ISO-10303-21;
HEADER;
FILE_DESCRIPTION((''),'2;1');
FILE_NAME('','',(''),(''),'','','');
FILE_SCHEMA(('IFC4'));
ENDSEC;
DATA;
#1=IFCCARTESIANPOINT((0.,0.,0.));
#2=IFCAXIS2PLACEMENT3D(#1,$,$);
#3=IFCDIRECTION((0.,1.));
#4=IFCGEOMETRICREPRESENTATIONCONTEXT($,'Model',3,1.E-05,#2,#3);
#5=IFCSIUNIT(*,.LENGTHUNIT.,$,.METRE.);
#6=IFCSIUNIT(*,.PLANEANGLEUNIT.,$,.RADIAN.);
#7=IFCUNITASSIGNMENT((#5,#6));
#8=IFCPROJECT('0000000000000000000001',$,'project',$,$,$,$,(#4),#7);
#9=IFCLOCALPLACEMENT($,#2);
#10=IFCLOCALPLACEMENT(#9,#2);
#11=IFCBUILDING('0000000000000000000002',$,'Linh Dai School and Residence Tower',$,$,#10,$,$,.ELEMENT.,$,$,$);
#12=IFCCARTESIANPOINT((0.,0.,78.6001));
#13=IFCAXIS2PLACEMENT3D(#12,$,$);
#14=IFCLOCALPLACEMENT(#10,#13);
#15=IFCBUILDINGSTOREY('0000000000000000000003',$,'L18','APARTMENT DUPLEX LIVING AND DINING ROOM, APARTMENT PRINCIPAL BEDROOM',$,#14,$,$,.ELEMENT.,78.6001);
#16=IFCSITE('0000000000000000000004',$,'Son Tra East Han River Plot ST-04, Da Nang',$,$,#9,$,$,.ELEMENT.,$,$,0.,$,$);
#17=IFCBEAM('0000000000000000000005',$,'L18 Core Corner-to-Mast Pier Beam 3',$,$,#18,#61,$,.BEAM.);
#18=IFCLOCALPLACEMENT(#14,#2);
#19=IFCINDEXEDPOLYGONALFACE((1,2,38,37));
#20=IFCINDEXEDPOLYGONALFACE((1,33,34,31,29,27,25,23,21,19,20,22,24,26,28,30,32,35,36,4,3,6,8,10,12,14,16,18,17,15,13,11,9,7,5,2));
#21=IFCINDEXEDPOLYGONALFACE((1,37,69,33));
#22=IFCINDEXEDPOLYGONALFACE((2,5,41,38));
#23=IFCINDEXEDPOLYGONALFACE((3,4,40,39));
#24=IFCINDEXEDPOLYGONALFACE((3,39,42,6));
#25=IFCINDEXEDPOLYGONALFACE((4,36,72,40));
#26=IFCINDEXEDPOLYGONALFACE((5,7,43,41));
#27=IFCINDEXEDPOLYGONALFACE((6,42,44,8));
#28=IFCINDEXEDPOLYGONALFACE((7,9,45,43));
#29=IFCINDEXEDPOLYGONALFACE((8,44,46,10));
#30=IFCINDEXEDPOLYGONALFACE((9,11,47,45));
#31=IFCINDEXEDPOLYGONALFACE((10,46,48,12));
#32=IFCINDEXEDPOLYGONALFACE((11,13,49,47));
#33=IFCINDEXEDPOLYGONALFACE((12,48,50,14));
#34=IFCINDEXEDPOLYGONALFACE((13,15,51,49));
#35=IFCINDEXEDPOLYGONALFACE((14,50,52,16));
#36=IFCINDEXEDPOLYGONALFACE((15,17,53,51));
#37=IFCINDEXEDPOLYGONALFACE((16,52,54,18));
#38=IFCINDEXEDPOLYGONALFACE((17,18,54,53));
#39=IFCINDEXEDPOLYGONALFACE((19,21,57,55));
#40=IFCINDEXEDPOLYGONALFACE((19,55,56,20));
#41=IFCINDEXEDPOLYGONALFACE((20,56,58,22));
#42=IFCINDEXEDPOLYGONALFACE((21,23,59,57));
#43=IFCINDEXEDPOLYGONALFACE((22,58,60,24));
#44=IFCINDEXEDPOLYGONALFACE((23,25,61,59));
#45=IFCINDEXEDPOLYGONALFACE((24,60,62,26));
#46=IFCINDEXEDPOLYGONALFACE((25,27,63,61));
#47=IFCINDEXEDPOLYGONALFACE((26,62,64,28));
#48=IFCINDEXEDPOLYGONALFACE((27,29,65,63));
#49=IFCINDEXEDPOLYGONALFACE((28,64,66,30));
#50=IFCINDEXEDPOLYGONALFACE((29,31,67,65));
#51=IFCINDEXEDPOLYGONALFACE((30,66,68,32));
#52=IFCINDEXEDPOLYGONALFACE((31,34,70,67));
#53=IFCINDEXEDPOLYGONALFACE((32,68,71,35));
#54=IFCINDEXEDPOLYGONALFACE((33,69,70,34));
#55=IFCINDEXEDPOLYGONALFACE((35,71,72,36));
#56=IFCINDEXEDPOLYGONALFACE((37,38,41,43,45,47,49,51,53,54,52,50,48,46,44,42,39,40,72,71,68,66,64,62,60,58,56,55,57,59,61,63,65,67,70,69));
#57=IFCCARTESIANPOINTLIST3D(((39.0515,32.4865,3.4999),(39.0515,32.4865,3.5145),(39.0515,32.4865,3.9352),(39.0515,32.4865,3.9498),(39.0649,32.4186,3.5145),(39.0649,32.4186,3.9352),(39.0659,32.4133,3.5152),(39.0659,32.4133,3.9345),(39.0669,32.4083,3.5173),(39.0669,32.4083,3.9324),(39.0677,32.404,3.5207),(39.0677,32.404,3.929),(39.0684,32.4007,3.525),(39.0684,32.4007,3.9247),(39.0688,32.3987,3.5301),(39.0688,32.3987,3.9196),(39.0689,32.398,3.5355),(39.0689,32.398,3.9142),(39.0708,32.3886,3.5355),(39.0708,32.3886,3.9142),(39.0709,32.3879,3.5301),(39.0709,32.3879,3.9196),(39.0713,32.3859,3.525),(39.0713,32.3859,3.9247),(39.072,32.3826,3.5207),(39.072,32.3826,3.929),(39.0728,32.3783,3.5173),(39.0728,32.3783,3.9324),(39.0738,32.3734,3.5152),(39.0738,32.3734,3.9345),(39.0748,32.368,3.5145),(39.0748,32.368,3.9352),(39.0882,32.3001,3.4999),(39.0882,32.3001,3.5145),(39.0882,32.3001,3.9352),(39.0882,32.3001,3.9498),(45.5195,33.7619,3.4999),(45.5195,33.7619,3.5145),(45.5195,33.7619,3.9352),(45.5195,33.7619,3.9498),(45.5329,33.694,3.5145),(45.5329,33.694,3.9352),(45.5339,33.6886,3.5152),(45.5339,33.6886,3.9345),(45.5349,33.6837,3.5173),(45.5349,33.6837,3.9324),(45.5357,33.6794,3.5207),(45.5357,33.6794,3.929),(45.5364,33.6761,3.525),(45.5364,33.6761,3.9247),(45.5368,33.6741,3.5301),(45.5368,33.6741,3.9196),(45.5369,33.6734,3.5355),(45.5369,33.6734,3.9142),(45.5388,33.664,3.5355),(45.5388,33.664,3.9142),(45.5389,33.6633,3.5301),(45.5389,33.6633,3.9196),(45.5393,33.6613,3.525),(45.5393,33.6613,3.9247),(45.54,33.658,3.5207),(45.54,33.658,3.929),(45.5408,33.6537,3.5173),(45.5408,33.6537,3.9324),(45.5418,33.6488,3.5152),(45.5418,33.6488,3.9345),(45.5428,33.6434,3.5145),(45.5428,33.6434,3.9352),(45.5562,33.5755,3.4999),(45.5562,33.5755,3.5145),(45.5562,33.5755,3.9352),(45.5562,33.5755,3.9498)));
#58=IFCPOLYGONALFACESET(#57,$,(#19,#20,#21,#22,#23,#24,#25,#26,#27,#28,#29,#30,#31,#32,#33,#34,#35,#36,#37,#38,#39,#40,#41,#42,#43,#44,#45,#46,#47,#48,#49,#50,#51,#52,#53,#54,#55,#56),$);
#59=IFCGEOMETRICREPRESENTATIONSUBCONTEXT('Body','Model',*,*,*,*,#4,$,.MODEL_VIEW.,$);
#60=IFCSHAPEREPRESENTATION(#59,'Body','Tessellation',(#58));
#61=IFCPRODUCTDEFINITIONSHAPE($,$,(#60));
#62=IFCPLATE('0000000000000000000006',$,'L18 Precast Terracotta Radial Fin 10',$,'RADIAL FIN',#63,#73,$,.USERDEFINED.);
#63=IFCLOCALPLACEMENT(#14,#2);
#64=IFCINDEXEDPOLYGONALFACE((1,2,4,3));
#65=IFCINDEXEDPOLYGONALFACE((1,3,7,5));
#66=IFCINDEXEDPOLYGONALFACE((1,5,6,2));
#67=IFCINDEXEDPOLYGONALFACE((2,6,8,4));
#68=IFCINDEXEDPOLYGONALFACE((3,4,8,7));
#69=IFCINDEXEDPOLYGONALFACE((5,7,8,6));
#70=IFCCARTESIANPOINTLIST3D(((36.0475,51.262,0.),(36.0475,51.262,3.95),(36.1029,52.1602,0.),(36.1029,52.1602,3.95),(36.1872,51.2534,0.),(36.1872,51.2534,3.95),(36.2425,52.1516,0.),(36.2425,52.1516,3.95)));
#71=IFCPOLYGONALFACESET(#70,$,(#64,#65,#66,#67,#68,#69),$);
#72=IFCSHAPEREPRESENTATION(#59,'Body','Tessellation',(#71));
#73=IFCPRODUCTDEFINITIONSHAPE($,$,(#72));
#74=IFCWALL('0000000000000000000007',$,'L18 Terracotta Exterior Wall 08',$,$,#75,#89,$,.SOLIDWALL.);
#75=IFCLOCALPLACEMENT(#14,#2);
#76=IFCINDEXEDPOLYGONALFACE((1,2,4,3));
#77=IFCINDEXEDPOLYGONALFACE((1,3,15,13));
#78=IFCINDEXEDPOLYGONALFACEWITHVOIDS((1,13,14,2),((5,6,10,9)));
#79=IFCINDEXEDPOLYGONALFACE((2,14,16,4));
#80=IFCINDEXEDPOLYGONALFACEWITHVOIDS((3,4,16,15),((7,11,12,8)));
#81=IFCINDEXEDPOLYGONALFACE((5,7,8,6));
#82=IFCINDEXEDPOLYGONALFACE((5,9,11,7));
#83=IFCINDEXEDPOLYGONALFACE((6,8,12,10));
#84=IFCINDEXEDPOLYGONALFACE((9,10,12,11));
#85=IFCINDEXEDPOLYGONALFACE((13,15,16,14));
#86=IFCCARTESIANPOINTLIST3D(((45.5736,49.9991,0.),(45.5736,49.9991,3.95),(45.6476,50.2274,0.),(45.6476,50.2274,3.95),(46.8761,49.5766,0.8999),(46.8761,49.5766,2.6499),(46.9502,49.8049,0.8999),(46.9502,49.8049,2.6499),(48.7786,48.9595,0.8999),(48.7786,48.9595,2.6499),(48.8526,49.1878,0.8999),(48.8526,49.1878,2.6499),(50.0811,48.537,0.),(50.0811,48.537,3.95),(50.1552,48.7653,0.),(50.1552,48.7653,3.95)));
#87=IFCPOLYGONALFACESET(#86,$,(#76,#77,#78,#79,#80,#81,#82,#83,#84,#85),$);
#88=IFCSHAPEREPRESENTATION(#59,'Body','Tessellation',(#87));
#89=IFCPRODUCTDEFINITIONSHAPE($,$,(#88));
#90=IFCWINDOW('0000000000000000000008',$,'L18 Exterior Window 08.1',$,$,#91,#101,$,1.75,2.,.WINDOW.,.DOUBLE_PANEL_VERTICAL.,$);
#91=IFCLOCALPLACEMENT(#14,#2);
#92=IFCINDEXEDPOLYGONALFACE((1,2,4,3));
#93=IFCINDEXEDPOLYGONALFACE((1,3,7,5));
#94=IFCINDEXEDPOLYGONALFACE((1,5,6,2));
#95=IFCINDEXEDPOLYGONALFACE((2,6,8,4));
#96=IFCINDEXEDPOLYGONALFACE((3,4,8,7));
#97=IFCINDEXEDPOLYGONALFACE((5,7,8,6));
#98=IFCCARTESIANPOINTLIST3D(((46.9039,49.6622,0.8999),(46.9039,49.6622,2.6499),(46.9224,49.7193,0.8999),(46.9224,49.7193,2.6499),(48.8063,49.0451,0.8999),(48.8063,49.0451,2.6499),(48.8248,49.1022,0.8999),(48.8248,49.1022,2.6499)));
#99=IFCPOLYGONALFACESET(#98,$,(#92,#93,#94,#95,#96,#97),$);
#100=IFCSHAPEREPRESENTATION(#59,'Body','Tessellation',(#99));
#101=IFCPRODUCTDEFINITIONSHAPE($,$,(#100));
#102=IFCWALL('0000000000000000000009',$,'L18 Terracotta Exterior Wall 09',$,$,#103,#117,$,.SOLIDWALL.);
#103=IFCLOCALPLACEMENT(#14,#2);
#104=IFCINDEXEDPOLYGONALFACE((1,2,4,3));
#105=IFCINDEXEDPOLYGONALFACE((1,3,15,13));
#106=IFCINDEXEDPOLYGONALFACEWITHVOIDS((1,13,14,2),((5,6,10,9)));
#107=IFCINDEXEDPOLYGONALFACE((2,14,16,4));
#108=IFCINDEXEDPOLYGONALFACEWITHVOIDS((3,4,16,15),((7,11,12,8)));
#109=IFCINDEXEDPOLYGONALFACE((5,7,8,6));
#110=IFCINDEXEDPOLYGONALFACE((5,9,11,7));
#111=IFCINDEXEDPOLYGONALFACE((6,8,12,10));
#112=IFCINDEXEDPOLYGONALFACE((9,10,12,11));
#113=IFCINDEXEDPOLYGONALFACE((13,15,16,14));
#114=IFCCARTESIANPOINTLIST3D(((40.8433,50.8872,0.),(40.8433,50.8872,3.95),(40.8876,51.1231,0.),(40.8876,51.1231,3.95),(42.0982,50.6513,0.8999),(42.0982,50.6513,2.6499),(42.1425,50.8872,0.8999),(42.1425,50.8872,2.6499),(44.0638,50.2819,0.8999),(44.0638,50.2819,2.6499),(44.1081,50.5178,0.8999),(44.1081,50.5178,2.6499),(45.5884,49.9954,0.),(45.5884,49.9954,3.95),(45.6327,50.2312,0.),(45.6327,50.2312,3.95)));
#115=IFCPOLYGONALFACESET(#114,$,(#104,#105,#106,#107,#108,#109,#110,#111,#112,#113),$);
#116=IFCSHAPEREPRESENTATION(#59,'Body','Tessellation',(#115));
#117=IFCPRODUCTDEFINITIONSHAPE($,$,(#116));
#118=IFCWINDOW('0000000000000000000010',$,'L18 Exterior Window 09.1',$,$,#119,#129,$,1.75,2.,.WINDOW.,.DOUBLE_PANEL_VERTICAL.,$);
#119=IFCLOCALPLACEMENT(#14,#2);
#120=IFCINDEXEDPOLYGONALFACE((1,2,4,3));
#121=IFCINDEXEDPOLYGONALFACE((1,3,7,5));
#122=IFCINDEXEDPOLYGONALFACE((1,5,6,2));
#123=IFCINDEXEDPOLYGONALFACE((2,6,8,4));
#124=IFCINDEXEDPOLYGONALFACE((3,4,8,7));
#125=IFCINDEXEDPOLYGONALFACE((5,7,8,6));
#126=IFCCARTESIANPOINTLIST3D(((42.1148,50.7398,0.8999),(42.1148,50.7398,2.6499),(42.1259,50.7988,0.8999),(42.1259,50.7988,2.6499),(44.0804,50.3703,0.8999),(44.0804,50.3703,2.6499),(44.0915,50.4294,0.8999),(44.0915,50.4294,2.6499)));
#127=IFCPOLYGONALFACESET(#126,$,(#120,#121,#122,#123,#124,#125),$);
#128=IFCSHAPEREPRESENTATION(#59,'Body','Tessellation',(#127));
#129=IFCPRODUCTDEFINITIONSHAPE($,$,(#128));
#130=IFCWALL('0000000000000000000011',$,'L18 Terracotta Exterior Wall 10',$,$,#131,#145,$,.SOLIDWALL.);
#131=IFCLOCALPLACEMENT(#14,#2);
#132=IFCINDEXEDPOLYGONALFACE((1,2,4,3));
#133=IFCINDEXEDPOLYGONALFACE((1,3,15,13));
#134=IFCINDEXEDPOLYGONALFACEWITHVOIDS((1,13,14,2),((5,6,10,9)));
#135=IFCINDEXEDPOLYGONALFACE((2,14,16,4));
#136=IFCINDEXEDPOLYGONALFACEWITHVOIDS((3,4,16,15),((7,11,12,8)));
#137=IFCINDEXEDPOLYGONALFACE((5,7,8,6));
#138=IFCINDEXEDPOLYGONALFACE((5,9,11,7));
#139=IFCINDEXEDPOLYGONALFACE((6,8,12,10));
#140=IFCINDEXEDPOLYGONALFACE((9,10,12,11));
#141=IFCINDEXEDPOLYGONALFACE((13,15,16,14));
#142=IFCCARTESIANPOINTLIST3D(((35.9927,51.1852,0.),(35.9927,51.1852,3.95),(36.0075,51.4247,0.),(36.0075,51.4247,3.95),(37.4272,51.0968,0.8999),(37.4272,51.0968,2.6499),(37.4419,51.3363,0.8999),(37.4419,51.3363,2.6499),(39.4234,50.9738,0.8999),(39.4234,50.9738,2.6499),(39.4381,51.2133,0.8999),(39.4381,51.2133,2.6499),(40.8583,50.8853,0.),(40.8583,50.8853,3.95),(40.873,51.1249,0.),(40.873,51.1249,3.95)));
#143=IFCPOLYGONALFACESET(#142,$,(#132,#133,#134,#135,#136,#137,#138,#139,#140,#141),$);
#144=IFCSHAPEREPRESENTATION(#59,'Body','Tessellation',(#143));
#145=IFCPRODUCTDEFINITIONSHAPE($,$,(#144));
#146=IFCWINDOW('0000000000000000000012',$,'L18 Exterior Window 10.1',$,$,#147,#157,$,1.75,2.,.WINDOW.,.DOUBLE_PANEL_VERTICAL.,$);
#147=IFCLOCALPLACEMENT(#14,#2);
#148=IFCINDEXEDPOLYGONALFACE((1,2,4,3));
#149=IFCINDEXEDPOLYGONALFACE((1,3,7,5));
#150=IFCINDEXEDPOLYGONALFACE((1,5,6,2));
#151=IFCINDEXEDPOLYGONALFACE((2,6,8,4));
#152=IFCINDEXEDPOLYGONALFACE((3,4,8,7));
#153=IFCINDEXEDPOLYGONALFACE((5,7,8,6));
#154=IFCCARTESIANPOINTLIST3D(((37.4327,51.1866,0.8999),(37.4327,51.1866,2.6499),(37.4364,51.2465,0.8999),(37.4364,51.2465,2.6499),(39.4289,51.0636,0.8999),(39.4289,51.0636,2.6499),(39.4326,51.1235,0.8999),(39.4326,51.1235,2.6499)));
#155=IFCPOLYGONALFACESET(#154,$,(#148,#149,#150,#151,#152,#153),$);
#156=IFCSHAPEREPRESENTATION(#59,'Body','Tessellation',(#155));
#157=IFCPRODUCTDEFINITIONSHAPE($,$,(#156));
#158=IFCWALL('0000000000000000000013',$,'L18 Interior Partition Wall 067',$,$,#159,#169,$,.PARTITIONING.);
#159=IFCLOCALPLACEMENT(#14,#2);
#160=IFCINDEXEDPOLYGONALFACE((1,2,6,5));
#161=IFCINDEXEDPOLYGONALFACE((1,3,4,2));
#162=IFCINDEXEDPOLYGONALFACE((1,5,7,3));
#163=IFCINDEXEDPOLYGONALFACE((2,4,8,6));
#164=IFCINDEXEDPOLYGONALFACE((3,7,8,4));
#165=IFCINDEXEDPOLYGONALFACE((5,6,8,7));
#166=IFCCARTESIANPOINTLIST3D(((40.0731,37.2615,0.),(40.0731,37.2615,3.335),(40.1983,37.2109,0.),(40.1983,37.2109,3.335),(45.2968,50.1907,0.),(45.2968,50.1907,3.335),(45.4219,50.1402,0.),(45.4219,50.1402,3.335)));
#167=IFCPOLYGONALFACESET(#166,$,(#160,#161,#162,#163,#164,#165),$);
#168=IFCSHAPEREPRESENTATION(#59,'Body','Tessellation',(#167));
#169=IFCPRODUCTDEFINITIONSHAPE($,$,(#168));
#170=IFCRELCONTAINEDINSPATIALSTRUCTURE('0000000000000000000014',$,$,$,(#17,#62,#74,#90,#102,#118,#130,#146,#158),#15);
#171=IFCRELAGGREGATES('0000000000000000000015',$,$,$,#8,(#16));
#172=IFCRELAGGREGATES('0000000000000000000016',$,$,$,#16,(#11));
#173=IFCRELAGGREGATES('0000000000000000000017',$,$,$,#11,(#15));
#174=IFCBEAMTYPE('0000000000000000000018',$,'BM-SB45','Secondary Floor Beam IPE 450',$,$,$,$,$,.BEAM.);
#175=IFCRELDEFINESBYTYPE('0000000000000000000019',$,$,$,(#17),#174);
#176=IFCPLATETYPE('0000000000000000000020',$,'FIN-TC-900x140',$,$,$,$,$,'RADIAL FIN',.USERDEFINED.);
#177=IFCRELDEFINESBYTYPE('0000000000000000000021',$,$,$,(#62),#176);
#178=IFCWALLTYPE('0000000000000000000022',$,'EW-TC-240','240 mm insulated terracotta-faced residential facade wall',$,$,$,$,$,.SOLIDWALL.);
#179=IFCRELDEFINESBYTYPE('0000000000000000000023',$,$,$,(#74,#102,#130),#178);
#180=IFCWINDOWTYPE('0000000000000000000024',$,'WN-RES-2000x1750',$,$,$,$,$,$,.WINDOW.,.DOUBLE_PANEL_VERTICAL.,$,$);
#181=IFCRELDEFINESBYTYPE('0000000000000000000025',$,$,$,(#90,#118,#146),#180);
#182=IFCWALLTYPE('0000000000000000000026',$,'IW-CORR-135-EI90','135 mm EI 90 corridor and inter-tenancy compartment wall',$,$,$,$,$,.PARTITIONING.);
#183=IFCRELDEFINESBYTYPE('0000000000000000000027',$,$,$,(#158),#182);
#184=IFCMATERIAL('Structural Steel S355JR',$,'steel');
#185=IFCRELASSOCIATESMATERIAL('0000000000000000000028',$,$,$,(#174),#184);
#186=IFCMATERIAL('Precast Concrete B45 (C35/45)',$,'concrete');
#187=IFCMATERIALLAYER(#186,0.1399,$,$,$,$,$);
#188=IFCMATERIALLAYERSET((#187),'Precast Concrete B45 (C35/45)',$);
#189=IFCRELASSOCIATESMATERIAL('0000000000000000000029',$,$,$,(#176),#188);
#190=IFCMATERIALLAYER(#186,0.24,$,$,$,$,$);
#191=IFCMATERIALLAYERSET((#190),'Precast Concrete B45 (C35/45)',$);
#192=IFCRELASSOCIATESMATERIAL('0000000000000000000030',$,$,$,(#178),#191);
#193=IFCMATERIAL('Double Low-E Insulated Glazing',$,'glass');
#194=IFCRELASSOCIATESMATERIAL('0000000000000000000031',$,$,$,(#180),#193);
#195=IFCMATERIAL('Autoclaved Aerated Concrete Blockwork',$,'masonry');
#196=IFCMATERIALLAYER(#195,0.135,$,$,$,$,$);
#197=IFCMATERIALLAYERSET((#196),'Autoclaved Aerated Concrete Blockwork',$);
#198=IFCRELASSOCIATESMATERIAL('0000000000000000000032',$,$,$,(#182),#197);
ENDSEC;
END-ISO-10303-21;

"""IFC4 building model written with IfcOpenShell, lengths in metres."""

from ifc_helpers import new_model, si_unit, direction, frame, frame_2d, origin, origin_2d, place, context, subcontext, project, spatial, rectangle, i_section, extrude, source, transform, mapped, material, layer, layer_set, material_profile, profile_set, type_object, element, fill, save


model = new_model("IFC4")

# Units and contexts
model_context = context("Model", 3, precision=1e-05, world=origin(), true_north=direction((0.0, 1.0)))
body_context = subcontext(model_context, "Body", "Model", "MODEL_VIEW")
ifc_project = project(units=[si_unit("LENGTHUNIT", "METRE"), si_unit("PLANEANGLEUNIT", "RADIAN")], contexts=[model_context])

# Site, building, storey
site_placement = place(None, origin())
site = spatial("IfcSite", under=ifc_project, at=site_placement, Name="Son Tra East Han River Plot ST-04, Da Nang", CompositionType="ELEMENT", RefElevation=0.0)
building_placement = place(site_placement, origin())
building = spatial("IfcBuilding", under=site, at=building_placement, Name="Linh Dai School and Residence Tower", CompositionType="ELEMENT")
storey_placement = place(building_placement, frame((0.0, 0.0, 78.6001)))
storey = spatial("IfcBuildingStorey", under=building, at=storey_placement, Name="L18", Description="APARTMENT DUPLEX LIVING AND DINING ROOM, APARTMENT PRINCIPAL BEDROOM", CompositionType="ELEMENT", Elevation=78.6001)

# Beam
ifc_material_1 = material(Name="Structural Steel S355JR", Category="steel")
ifc_material_profile_1 = material_profile(ifc_material_1, i_section(OverallWidth=0.1899, OverallDepth=0.45, WebThickness=0.0095, FlangeThickness=0.0146, FilletRadius=0.021, at=origin_2d()), Name="IPE 450")
ifc_profile_set_1 = profile_set([ifc_material_profile_1], Name="Structural Steel S355JR")
beam_type_1 = type_object("IfcBeamType", Name="BM-SB45", Description="Secondary Floor Beam IPE 450", PredefinedType="BEAM", material=ifc_profile_set_1)
beam_1_placement = place(storey_placement, frame((45.5378, 33.6687, 3.7249), z_axis=(-0.981108, -0.193459, 0.0), x_axis=(0.193459, -0.981108, 0.0)))
element("IfcBeam", 1, at=beam_1_placement, inside=storey, type_object=beam_type_1, Name="L18 Core Corner-to-Mast Pier Beam 3", PredefinedType="BEAM", context=body_context, shape_type="SweptSolid", body=[
    extrude(i_section(OverallWidth=0.1899, OverallDepth=0.45, WebThickness=0.0095, FlangeThickness=0.0146, FilletRadius=0.021, at=origin_2d()), origin(), (0.0, 0.0, 1.0), 6.5925),
])

# Plate
ifc_material_2 = material(Name="Precast Concrete B45 (C35/45)", Category="concrete")
ifc_layer_1 = layer(ifc_material_2, 0.1399)
ifc_layer_set_1 = layer_set([ifc_layer_1], Name="Precast Concrete B45 (C35/45)")
plate_type = type_object("IfcPlateType", Name="FIN-TC-900x140", ElementType="RADIAL FIN", PredefinedType="USERDEFINED", material=ifc_layer_set_1)
shared_shape_1 = source(origin(), body_context, "Body", "SweptSolid", [
    extrude(rectangle(XDim=0.8999, YDim=0.1399, at=origin_2d()), origin(), (0.0, 0.0, 1.0), 3.95),
])
plate_placement = place(storey_placement, frame((36.145, 51.7068, 0.0), z_axis=(0.0, 0.0, 1.0), x_axis=(0.061507, 0.998107, 0.0)))
element("IfcPlate", 2, at=plate_placement, inside=storey, type_object=plate_type, Name="L18 Precast Terracotta Radial Fin 10", ObjectType="RADIAL FIN", PredefinedType="USERDEFINED", context=body_context, shape_type="MappedRepresentation", body=[
    mapped(shared_shape_1, transform((0.0, 0.0, 0.0), x_axis=(1.0, 0.0, 0.0), y_axis=(0.0, 1.0, 0.0), z_axis=(0.0, 0.0, 1.0), scale=1.0)),
])

# Walls, openings, windows
ifc_layer_2 = layer(ifc_material_2, 0.24)
ifc_layer_set_2 = layer_set([ifc_layer_2], Name="Precast Concrete B45 (C35/45)")
wall_type_1 = type_object("IfcWallType", Name="EW-TC-240", Description="240 mm insulated terracotta-faced residential facade wall", PredefinedType="SOLIDWALL", material=ifc_layer_set_2)
wall_1_placement = place(storey_placement, frame((45.6106, 50.1133, 0.0), z_axis=(0.0, 0.0, 1.0), x_axis=(0.951208, -0.308551, 0.0)))
wall_1 = element("IfcWall", 3, at=wall_1_placement, inside=storey, type_object=wall_type_1, Name="L18 Terracotta Exterior Wall 08", PredefinedType="SOLIDWALL", context=body_context, shape_type="SweptSolid", body=[
    extrude(rectangle(XDim=4.7388, YDim=0.24, at=frame_2d((2.3694, 0.0))), origin(), (0.0, 0.0, 1.0), 3.95),
])
opening_1_placement = place(wall_1_placement, frame((1.3694, 0.0, 0.8999)))
opening_1 = element("IfcOpeningElement", 4, at=opening_1_placement, cuts=wall_1, PredefinedType="OPENING", context=body_context, shape_type="SweptSolid", body=[
    extrude(rectangle(XDim=2.0, YDim=1.75, at=origin_2d()), frame((1.0, 0.1299, 0.875), z_axis=(0.0, -1.0, 0.0), x_axis=(1.0, 0.0, 0.0)), (0.0, 0.0, 1.0), 0.26),
])
ifc_material_3 = material(Name="Double Low-E Insulated Glazing", Category="glass")
window_type = type_object("IfcWindowType", Name="WN-RES-2000x1750", PartitioningType="DOUBLE_PANEL_VERTICAL", PredefinedType="WINDOW", material=ifc_material_3)
shared_shape_2 = source(origin(), body_context, "Body", "SweptSolid", [
    extrude(rectangle(XDim=2.0, YDim=1.75, at=origin_2d()), frame((1.0, 0.03, 0.875), z_axis=(0.0, -1.0, 0.0), x_axis=(1.0, 0.0, 0.0)), (0.0, 0.0, 1.0), 0.0601),
])
window_1_placement = place(opening_1_placement, origin())
window_1 = element("IfcWindow", 5, at=window_1_placement, inside=storey, type_object=window_type, Name="L18 Exterior Window 08.1", OverallHeight=1.75, OverallWidth=2.0, PartitioningType="DOUBLE_PANEL_VERTICAL", PredefinedType="WINDOW", context=body_context, shape_type="MappedRepresentation", body=[
    mapped(shared_shape_2, transform((0.0, 0.0, 0.0), x_axis=(1.0, 0.0, 0.0), y_axis=(0.0, 1.0, 0.0), z_axis=(0.0, 0.0, 1.0), scale=1.0)),
])
fill(opening_1, window_1)
wall_2_placement = place(storey_placement, frame((40.8655, 51.0051, 0.0), z_axis=(0.0, 0.0, 1.0), x_axis=(0.982792, -0.184716, 0.0)))
wall_2 = element("IfcWall", 6, at=wall_2_placement, inside=storey, type_object=wall_type_1, Name="L18 Terracotta Exterior Wall 09", PredefinedType="SOLIDWALL", context=body_context, shape_type="SweptSolid", body=[
    extrude(rectangle(XDim=4.8281, YDim=0.24, at=frame_2d((2.4141, 0.0))), origin(), (0.0, 0.0, 1.0), 3.95),
])
opening_2_placement = place(wall_2_placement, frame((1.2769, 0.0, 0.8999)))
opening_2 = element("IfcOpeningElement", 7, at=opening_2_placement, cuts=wall_2, PredefinedType="OPENING", context=body_context, shape_type="SweptSolid", body=[
    extrude(rectangle(XDim=2.0, YDim=1.75, at=origin_2d()), frame((1.0, 0.1299, 0.875), z_axis=(0.0, -1.0, 0.0), x_axis=(1.0, 0.0, 0.0)), (0.0, 0.0, 1.0), 0.26),
])
window_2_placement = place(opening_2_placement, origin())
window_2 = element("IfcWindow", 8, at=window_2_placement, inside=storey, type_object=window_type, Name="L18 Exterior Window 09.1", OverallHeight=1.75, OverallWidth=2.0, PartitioningType="DOUBLE_PANEL_VERTICAL", PredefinedType="WINDOW", context=body_context, shape_type="MappedRepresentation", body=[
    mapped(shared_shape_2, transform((0.0, 0.0, 0.0), x_axis=(1.0, 0.0, 0.0), y_axis=(0.0, 1.0, 0.0), z_axis=(0.0, 0.0, 1.0), scale=1.0)),
])
fill(opening_2, window_2)
wall_3_placement = place(storey_placement, frame((36.0, 51.3049, 0.0), z_axis=(0.0, 0.0, 1.0), x_axis=(0.998107, -0.061502, 0.0)))
wall_3 = element("IfcWall", 9, at=wall_3_placement, inside=storey, type_object=wall_type_1, Name="L18 Terracotta Exterior Wall 10", PredefinedType="SOLIDWALL", context=body_context, shape_type="SweptSolid", body=[
    extrude(rectangle(XDim=4.8748, YDim=0.24, at=frame_2d((2.4375, 0.0))), origin(), (0.0, 0.0, 1.0), 3.95),
])
opening_3_placement = place(wall_3_placement, frame((1.4373, 0.0, 0.8999)))
opening_3 = element("IfcOpeningElement", 10, at=opening_3_placement, cuts=wall_3, PredefinedType="OPENING", context=body_context, shape_type="SweptSolid", body=[
    extrude(rectangle(XDim=2.0, YDim=1.75, at=origin_2d()), frame((1.0, 0.1299, 0.875), z_axis=(0.0, -1.0, 0.0), x_axis=(1.0, 0.0, 0.0)), (0.0, 0.0, 1.0), 0.26),
])
window_3_placement = place(opening_3_placement, origin())
window_3 = element("IfcWindow", 11, at=window_3_placement, inside=storey, type_object=window_type, Name="L18 Exterior Window 10.1", OverallHeight=1.75, OverallWidth=2.0, PartitioningType="DOUBLE_PANEL_VERTICAL", PredefinedType="WINDOW", context=body_context, shape_type="MappedRepresentation", body=[
    mapped(shared_shape_2, transform((0.0, 0.0, 0.0), x_axis=(1.0, 0.0, 0.0), y_axis=(0.0, 1.0, 0.0), z_axis=(0.0, 0.0, 1.0), scale=1.0)),
])
fill(opening_3, window_3)

# Wall
ifc_material_4 = material(Name="Autoclaved Aerated Concrete Blockwork", Category="masonry")
ifc_layer_3 = layer(ifc_material_4, 0.135)
ifc_layer_set_3 = layer_set([ifc_layer_3], Name="Autoclaved Aerated Concrete Blockwork")
wall_type_2 = type_object("IfcWallType", Name="IW-CORR-135-EI90", Description="135 mm EI 90 corridor and inter-tenancy compartment wall", PredefinedType="PARTITIONING", material=ifc_layer_set_3)
wall_4_placement = place(storey_placement, frame((40.1357, 37.2363, 0.0), z_axis=(0.0, 0.0, 1.0), x_axis=(0.3746, 0.927186, 0.0)))
element("IfcWall", 12, at=wall_4_placement, inside=storey, type_object=wall_type_2, Name="L18 Interior Partition Wall 067", PredefinedType="PARTITIONING", context=body_context, shape_type="SweptSolid", body=[
    extrude(rectangle(XDim=13.9446, YDim=0.135, at=frame_2d((6.9722, 0.0))), origin(), (0.0, 0.0, 1.0), 3.335),
])

save(model, "model.ifc")
